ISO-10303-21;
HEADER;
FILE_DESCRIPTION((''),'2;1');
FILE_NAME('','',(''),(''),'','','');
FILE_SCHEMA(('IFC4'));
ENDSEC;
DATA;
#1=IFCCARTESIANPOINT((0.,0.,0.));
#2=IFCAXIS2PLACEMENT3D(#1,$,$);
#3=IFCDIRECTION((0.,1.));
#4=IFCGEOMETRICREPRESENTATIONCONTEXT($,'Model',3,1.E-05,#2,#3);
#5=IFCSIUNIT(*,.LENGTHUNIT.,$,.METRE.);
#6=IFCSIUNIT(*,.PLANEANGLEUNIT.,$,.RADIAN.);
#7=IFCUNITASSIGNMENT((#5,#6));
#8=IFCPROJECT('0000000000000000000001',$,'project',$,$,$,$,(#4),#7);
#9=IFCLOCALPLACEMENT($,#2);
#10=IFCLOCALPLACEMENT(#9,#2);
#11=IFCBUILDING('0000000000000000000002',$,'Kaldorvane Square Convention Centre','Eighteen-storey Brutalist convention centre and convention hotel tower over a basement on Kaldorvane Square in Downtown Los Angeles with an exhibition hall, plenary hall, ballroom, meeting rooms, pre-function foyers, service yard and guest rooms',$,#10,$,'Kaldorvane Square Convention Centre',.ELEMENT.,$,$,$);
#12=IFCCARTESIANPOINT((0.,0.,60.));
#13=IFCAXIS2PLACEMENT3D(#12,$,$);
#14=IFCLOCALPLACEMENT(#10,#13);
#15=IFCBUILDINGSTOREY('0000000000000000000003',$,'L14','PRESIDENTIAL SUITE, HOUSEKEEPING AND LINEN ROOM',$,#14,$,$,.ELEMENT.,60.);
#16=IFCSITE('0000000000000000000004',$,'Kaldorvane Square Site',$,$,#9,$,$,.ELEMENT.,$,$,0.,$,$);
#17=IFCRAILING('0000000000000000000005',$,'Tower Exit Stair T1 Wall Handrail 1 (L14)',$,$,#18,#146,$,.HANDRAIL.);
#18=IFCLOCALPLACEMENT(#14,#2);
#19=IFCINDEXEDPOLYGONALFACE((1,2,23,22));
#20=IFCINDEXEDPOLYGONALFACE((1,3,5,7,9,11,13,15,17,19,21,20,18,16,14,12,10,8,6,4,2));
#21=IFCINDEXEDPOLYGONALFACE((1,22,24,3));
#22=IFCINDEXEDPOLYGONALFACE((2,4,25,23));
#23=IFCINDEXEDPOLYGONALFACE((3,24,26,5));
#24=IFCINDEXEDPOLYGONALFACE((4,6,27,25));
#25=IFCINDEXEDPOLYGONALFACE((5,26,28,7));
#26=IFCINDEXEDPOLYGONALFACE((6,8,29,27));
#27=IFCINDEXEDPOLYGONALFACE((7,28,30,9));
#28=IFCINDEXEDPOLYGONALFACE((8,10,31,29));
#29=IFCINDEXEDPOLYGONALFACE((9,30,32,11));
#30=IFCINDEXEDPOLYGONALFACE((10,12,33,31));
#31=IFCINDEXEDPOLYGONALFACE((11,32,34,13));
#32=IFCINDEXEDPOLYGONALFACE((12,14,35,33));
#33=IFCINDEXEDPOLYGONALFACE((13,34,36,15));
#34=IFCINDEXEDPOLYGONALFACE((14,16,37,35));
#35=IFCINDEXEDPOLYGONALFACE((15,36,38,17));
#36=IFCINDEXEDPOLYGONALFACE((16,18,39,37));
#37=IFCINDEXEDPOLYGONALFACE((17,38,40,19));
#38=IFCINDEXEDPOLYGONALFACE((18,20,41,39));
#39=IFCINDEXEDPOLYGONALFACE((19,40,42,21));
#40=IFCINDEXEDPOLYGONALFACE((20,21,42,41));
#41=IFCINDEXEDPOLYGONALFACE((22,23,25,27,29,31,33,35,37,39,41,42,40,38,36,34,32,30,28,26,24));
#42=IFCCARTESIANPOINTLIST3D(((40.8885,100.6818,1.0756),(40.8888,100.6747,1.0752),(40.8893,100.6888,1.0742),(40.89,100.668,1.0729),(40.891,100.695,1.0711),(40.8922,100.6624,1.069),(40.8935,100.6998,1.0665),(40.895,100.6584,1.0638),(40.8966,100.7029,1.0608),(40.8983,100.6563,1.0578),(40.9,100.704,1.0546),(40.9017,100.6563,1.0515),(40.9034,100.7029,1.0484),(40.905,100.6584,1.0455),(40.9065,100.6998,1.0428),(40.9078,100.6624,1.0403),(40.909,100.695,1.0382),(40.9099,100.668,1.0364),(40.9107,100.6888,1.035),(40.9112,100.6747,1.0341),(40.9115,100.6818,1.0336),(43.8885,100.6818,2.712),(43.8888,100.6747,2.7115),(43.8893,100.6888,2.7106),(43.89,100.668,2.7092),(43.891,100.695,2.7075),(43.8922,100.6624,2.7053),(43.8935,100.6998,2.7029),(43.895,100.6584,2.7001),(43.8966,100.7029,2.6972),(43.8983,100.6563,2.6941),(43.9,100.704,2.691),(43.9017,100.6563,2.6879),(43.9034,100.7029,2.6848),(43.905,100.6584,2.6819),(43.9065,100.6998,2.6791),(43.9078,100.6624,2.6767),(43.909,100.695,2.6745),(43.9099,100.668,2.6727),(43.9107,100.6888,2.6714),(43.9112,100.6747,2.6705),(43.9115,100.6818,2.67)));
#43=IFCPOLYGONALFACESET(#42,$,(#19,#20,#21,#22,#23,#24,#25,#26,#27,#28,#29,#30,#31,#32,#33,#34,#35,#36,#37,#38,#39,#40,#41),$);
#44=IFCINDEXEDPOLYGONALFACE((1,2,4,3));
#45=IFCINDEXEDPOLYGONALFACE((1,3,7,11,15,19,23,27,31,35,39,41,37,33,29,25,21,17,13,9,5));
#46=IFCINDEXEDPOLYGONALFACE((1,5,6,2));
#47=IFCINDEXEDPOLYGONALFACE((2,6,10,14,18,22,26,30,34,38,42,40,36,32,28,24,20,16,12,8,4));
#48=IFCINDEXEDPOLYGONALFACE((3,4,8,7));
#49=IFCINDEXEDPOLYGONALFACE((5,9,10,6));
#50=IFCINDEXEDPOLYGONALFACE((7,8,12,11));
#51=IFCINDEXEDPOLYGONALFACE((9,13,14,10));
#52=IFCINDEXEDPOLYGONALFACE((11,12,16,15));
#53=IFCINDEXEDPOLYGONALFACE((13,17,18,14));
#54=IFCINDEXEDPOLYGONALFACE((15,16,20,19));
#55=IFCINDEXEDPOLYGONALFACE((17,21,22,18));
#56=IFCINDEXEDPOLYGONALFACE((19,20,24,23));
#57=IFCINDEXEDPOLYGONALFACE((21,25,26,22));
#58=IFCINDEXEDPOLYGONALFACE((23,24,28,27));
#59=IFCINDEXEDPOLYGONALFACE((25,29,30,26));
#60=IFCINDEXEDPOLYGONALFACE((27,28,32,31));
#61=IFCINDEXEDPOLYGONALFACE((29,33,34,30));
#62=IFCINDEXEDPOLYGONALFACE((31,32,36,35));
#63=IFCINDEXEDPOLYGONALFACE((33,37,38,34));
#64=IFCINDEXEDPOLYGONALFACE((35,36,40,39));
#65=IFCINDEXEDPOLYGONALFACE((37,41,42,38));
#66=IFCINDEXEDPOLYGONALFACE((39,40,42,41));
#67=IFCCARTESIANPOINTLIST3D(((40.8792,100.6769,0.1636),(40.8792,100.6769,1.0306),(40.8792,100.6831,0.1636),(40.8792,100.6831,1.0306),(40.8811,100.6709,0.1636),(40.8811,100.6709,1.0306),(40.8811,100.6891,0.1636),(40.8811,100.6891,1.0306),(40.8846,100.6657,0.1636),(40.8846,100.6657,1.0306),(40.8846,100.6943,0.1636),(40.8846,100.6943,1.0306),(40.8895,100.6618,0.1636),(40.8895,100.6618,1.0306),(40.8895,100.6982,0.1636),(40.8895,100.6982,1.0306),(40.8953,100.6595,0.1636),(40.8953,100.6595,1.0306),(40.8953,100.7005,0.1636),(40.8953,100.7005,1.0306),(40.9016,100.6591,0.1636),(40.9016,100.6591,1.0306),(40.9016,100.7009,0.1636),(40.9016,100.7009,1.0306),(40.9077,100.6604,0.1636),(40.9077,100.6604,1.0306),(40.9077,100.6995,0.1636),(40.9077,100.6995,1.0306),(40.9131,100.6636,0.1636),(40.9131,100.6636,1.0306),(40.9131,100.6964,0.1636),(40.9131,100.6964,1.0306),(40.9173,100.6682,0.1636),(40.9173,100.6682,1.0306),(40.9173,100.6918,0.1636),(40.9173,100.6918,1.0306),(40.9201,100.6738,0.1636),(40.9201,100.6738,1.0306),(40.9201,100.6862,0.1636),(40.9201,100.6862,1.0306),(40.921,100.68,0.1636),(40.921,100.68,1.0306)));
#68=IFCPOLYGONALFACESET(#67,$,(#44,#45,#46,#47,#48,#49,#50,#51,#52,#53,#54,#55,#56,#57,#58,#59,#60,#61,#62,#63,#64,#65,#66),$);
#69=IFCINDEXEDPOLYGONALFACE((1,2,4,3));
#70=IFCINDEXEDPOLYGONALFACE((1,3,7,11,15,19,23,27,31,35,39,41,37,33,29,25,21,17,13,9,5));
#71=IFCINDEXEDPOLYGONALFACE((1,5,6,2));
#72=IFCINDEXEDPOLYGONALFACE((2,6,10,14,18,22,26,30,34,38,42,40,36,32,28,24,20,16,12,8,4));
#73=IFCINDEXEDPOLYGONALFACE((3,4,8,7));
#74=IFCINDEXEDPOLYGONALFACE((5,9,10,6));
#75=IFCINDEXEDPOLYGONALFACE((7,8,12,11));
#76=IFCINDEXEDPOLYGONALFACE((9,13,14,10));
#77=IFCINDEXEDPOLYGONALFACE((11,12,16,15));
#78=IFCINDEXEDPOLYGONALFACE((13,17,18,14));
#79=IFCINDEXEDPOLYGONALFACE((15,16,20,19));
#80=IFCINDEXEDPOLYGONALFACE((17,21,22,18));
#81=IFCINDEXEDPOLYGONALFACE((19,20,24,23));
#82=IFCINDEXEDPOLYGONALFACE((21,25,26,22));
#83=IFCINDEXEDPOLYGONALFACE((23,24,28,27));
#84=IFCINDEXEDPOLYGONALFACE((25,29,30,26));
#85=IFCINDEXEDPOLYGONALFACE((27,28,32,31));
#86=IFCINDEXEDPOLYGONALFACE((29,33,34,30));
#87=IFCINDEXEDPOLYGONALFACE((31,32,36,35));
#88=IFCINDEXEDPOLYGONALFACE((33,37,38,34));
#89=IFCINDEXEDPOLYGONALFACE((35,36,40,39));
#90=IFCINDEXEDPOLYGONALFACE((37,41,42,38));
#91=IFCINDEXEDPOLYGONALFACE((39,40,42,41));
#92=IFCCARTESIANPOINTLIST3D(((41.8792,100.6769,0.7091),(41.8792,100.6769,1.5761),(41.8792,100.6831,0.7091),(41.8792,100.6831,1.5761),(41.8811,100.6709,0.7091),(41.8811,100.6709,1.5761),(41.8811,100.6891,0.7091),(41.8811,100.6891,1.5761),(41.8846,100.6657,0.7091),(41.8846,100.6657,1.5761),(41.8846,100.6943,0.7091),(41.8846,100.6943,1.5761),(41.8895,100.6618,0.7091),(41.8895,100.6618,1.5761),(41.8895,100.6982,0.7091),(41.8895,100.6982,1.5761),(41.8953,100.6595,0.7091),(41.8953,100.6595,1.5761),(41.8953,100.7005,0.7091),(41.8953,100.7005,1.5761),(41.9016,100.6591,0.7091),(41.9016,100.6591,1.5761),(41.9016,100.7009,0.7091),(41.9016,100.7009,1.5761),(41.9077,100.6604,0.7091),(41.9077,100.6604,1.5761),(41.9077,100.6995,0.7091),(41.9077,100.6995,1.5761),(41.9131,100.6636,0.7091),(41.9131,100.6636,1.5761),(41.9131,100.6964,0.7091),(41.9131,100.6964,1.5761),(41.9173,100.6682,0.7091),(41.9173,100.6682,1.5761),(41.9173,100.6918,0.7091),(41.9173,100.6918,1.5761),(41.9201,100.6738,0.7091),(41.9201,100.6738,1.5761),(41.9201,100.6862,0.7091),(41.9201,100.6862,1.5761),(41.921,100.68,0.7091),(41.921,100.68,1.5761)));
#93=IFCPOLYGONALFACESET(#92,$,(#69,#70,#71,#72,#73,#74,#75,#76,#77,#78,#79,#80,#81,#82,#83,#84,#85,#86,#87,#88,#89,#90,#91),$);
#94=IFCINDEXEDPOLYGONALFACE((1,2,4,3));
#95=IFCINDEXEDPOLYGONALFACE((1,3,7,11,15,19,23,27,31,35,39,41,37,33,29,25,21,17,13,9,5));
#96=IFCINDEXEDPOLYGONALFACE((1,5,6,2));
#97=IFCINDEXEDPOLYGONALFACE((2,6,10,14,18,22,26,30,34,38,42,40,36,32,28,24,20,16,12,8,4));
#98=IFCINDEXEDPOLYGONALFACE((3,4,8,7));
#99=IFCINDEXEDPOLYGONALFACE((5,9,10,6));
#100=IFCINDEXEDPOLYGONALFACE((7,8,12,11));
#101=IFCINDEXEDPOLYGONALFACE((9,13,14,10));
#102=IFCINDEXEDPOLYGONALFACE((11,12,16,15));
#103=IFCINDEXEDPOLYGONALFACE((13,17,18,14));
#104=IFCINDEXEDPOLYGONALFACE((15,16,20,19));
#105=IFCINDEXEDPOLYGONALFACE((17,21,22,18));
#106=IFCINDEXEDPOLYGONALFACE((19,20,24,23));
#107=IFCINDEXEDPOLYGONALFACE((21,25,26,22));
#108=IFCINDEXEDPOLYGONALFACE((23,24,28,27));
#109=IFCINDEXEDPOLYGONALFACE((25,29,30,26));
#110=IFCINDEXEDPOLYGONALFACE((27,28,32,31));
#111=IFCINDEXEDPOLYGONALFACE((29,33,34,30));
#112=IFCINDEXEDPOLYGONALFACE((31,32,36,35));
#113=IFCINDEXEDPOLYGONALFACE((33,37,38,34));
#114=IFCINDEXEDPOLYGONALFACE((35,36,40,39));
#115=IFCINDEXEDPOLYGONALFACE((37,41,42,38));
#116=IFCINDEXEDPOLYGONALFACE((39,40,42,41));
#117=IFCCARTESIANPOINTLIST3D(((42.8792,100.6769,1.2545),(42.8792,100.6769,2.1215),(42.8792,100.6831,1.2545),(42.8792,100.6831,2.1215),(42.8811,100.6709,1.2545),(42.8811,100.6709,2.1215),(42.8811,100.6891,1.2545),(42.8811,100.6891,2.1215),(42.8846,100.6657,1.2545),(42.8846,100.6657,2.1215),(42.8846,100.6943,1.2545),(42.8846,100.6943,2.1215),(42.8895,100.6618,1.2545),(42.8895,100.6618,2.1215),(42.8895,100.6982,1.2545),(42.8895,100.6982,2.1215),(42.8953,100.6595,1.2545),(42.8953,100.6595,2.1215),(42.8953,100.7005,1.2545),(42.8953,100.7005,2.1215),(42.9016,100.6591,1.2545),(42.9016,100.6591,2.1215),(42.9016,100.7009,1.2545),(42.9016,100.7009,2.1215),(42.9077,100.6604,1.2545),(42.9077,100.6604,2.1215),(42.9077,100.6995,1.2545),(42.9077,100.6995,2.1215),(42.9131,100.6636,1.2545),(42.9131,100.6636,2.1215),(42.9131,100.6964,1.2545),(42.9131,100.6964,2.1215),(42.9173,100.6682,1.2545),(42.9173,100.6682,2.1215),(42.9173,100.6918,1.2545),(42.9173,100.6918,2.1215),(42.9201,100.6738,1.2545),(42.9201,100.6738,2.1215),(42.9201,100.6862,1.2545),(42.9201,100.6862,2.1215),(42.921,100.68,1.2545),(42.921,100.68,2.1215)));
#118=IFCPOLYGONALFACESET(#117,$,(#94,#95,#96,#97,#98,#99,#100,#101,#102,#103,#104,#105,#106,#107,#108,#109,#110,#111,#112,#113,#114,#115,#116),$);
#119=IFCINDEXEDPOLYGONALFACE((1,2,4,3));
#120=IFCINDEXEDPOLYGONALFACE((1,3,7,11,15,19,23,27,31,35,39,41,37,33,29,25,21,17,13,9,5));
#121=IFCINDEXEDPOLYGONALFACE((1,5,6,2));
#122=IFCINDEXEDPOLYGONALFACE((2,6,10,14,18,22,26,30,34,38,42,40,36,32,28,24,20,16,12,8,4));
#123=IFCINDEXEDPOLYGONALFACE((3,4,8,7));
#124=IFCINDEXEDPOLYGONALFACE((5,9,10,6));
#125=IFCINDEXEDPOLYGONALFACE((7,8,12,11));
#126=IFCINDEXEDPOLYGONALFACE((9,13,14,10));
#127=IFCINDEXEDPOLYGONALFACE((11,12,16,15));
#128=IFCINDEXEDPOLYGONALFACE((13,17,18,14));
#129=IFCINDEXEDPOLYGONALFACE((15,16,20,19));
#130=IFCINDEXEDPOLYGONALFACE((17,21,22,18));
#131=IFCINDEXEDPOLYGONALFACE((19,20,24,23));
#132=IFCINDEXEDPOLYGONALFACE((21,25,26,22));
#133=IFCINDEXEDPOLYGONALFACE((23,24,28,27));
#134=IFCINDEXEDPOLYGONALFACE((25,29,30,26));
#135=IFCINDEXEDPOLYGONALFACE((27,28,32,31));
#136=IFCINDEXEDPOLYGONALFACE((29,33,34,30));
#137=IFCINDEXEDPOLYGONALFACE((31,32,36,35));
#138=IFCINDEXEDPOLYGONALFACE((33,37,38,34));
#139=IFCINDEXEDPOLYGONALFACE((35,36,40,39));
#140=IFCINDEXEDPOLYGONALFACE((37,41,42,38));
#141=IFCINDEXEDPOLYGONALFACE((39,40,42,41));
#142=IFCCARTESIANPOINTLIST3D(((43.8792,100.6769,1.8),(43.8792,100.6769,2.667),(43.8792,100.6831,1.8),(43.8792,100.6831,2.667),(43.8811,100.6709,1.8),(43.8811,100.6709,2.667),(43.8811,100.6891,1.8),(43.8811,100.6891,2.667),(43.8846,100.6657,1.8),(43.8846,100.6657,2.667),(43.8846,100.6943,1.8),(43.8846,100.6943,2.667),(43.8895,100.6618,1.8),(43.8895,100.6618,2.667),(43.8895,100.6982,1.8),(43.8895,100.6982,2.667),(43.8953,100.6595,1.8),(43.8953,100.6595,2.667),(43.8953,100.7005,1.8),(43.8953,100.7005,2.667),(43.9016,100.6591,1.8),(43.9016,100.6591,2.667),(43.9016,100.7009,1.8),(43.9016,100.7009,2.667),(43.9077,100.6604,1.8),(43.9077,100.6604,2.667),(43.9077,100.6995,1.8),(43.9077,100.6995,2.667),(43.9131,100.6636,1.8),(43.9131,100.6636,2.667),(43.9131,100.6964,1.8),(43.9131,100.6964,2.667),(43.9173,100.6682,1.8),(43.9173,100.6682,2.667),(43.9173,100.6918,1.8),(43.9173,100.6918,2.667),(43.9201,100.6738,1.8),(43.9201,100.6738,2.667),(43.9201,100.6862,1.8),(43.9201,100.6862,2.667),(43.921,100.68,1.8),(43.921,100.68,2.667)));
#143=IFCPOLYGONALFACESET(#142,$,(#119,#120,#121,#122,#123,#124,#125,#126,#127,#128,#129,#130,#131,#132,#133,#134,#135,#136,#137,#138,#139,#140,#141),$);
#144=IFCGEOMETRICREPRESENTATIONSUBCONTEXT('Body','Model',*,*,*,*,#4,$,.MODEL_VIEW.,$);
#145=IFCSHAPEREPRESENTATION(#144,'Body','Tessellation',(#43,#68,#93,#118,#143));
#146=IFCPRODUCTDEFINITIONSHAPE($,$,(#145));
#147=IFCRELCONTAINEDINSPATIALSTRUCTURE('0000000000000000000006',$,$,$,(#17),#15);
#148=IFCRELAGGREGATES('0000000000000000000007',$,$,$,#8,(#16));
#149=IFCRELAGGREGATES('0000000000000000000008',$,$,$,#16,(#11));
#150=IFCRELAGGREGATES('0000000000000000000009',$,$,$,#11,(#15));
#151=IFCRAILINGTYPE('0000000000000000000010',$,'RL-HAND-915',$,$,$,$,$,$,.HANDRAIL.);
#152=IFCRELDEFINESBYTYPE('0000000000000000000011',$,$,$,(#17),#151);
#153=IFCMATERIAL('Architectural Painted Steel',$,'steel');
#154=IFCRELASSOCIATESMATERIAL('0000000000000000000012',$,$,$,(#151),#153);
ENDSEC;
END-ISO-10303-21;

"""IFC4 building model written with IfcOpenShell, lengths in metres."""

from ifc_helpers import new_model, si_unit, direction, frame, origin, origin_2d, place, context, subcontext, project, spatial, circle, extrude, material, type_object, element, save


model = new_model("IFC4")

# Units and contexts
model_context = context("Model", 3, precision=1e-05, world=origin(), true_north=direction((0.0, 1.0)))
body_context = subcontext(model_context, "Body", "Model", "MODEL_VIEW")
ifc_project = project(units=[si_unit("LENGTHUNIT", "METRE"), si_unit("PLANEANGLEUNIT", "RADIAN")], contexts=[model_context])

# Site, building, storey
site_placement = place(None, origin())
site = spatial("IfcSite", under=ifc_project, at=site_placement, Name="Kaldorvane Square Site", CompositionType="ELEMENT", RefElevation=0.0)
building_placement = place(site_placement, origin())
building = spatial("IfcBuilding", under=site, at=building_placement, Name="Kaldorvane Square Convention Centre", Description="Eighteen-storey Brutalist convention centre and convention hotel tower over a basement on Kaldorvane Square in Downtown Los Angeles with an exhibition hall, plenary hall, ballroom, meeting rooms, pre-function foyers, service yard and guest rooms", LongName="Kaldorvane Square Convention Centre", CompositionType="ELEMENT")
storey_placement = place(building_placement, frame((0.0, 0.0, 60.0)))
storey = spatial("IfcBuildingStorey", under=building, at=storey_placement, Name="L14", Description="PRESIDENTIAL SUITE, HOUSEKEEPING AND LINEN ROOM", CompositionType="ELEMENT", Elevation=60.0)

# Railing
ifc_material_1 = material(Name="Architectural Painted Steel", Category="steel")
railing_type_1 = type_object("IfcRailingType", Name="RL-HAND-915", PredefinedType="HANDRAIL", material=ifc_material_1)
for number, where, name in (
    (1, (40.9, 100.68, 0.1636), "Tower Exit Stair T1 Wall Handrail 1 (L14)"),
):
    element("IfcRailing", number, at=place(storey_placement, frame(where)), inside=storey, type_object=railing_type_1, Name=name, PredefinedType="HANDRAIL", context=body_context, shape_type="SweptSolid", body=[
        extrude(circle(Radius=0.024, at=origin_2d()), frame((0.0, 0.0, 0.891), z_axis=(0.877895, 0.0, 0.478853), x_axis=(0.0, 1.0, 0.0)), (0.0, 0.0, 1.0), 3.4173),
        extrude(circle(Radius=0.021, at=origin_2d()), origin(), (0.0, 0.0, 1.0), 0.867),
        extrude(circle(Radius=0.021, at=origin_2d()), frame((1.0, 0.0, 0.5455)), (0.0, 0.0, 1.0), 0.867),
        extrude(circle(Radius=0.021, at=origin_2d()), frame((2.0, 0.0, 1.0909)), (0.0, 0.0, 1.0), 0.867),
        extrude(circle(Radius=0.021, at=origin_2d()), frame((3.0, 0.0, 1.6364)), (0.0, 0.0, 1.0), 0.867),
    ])

save(model, "model.ifc")
